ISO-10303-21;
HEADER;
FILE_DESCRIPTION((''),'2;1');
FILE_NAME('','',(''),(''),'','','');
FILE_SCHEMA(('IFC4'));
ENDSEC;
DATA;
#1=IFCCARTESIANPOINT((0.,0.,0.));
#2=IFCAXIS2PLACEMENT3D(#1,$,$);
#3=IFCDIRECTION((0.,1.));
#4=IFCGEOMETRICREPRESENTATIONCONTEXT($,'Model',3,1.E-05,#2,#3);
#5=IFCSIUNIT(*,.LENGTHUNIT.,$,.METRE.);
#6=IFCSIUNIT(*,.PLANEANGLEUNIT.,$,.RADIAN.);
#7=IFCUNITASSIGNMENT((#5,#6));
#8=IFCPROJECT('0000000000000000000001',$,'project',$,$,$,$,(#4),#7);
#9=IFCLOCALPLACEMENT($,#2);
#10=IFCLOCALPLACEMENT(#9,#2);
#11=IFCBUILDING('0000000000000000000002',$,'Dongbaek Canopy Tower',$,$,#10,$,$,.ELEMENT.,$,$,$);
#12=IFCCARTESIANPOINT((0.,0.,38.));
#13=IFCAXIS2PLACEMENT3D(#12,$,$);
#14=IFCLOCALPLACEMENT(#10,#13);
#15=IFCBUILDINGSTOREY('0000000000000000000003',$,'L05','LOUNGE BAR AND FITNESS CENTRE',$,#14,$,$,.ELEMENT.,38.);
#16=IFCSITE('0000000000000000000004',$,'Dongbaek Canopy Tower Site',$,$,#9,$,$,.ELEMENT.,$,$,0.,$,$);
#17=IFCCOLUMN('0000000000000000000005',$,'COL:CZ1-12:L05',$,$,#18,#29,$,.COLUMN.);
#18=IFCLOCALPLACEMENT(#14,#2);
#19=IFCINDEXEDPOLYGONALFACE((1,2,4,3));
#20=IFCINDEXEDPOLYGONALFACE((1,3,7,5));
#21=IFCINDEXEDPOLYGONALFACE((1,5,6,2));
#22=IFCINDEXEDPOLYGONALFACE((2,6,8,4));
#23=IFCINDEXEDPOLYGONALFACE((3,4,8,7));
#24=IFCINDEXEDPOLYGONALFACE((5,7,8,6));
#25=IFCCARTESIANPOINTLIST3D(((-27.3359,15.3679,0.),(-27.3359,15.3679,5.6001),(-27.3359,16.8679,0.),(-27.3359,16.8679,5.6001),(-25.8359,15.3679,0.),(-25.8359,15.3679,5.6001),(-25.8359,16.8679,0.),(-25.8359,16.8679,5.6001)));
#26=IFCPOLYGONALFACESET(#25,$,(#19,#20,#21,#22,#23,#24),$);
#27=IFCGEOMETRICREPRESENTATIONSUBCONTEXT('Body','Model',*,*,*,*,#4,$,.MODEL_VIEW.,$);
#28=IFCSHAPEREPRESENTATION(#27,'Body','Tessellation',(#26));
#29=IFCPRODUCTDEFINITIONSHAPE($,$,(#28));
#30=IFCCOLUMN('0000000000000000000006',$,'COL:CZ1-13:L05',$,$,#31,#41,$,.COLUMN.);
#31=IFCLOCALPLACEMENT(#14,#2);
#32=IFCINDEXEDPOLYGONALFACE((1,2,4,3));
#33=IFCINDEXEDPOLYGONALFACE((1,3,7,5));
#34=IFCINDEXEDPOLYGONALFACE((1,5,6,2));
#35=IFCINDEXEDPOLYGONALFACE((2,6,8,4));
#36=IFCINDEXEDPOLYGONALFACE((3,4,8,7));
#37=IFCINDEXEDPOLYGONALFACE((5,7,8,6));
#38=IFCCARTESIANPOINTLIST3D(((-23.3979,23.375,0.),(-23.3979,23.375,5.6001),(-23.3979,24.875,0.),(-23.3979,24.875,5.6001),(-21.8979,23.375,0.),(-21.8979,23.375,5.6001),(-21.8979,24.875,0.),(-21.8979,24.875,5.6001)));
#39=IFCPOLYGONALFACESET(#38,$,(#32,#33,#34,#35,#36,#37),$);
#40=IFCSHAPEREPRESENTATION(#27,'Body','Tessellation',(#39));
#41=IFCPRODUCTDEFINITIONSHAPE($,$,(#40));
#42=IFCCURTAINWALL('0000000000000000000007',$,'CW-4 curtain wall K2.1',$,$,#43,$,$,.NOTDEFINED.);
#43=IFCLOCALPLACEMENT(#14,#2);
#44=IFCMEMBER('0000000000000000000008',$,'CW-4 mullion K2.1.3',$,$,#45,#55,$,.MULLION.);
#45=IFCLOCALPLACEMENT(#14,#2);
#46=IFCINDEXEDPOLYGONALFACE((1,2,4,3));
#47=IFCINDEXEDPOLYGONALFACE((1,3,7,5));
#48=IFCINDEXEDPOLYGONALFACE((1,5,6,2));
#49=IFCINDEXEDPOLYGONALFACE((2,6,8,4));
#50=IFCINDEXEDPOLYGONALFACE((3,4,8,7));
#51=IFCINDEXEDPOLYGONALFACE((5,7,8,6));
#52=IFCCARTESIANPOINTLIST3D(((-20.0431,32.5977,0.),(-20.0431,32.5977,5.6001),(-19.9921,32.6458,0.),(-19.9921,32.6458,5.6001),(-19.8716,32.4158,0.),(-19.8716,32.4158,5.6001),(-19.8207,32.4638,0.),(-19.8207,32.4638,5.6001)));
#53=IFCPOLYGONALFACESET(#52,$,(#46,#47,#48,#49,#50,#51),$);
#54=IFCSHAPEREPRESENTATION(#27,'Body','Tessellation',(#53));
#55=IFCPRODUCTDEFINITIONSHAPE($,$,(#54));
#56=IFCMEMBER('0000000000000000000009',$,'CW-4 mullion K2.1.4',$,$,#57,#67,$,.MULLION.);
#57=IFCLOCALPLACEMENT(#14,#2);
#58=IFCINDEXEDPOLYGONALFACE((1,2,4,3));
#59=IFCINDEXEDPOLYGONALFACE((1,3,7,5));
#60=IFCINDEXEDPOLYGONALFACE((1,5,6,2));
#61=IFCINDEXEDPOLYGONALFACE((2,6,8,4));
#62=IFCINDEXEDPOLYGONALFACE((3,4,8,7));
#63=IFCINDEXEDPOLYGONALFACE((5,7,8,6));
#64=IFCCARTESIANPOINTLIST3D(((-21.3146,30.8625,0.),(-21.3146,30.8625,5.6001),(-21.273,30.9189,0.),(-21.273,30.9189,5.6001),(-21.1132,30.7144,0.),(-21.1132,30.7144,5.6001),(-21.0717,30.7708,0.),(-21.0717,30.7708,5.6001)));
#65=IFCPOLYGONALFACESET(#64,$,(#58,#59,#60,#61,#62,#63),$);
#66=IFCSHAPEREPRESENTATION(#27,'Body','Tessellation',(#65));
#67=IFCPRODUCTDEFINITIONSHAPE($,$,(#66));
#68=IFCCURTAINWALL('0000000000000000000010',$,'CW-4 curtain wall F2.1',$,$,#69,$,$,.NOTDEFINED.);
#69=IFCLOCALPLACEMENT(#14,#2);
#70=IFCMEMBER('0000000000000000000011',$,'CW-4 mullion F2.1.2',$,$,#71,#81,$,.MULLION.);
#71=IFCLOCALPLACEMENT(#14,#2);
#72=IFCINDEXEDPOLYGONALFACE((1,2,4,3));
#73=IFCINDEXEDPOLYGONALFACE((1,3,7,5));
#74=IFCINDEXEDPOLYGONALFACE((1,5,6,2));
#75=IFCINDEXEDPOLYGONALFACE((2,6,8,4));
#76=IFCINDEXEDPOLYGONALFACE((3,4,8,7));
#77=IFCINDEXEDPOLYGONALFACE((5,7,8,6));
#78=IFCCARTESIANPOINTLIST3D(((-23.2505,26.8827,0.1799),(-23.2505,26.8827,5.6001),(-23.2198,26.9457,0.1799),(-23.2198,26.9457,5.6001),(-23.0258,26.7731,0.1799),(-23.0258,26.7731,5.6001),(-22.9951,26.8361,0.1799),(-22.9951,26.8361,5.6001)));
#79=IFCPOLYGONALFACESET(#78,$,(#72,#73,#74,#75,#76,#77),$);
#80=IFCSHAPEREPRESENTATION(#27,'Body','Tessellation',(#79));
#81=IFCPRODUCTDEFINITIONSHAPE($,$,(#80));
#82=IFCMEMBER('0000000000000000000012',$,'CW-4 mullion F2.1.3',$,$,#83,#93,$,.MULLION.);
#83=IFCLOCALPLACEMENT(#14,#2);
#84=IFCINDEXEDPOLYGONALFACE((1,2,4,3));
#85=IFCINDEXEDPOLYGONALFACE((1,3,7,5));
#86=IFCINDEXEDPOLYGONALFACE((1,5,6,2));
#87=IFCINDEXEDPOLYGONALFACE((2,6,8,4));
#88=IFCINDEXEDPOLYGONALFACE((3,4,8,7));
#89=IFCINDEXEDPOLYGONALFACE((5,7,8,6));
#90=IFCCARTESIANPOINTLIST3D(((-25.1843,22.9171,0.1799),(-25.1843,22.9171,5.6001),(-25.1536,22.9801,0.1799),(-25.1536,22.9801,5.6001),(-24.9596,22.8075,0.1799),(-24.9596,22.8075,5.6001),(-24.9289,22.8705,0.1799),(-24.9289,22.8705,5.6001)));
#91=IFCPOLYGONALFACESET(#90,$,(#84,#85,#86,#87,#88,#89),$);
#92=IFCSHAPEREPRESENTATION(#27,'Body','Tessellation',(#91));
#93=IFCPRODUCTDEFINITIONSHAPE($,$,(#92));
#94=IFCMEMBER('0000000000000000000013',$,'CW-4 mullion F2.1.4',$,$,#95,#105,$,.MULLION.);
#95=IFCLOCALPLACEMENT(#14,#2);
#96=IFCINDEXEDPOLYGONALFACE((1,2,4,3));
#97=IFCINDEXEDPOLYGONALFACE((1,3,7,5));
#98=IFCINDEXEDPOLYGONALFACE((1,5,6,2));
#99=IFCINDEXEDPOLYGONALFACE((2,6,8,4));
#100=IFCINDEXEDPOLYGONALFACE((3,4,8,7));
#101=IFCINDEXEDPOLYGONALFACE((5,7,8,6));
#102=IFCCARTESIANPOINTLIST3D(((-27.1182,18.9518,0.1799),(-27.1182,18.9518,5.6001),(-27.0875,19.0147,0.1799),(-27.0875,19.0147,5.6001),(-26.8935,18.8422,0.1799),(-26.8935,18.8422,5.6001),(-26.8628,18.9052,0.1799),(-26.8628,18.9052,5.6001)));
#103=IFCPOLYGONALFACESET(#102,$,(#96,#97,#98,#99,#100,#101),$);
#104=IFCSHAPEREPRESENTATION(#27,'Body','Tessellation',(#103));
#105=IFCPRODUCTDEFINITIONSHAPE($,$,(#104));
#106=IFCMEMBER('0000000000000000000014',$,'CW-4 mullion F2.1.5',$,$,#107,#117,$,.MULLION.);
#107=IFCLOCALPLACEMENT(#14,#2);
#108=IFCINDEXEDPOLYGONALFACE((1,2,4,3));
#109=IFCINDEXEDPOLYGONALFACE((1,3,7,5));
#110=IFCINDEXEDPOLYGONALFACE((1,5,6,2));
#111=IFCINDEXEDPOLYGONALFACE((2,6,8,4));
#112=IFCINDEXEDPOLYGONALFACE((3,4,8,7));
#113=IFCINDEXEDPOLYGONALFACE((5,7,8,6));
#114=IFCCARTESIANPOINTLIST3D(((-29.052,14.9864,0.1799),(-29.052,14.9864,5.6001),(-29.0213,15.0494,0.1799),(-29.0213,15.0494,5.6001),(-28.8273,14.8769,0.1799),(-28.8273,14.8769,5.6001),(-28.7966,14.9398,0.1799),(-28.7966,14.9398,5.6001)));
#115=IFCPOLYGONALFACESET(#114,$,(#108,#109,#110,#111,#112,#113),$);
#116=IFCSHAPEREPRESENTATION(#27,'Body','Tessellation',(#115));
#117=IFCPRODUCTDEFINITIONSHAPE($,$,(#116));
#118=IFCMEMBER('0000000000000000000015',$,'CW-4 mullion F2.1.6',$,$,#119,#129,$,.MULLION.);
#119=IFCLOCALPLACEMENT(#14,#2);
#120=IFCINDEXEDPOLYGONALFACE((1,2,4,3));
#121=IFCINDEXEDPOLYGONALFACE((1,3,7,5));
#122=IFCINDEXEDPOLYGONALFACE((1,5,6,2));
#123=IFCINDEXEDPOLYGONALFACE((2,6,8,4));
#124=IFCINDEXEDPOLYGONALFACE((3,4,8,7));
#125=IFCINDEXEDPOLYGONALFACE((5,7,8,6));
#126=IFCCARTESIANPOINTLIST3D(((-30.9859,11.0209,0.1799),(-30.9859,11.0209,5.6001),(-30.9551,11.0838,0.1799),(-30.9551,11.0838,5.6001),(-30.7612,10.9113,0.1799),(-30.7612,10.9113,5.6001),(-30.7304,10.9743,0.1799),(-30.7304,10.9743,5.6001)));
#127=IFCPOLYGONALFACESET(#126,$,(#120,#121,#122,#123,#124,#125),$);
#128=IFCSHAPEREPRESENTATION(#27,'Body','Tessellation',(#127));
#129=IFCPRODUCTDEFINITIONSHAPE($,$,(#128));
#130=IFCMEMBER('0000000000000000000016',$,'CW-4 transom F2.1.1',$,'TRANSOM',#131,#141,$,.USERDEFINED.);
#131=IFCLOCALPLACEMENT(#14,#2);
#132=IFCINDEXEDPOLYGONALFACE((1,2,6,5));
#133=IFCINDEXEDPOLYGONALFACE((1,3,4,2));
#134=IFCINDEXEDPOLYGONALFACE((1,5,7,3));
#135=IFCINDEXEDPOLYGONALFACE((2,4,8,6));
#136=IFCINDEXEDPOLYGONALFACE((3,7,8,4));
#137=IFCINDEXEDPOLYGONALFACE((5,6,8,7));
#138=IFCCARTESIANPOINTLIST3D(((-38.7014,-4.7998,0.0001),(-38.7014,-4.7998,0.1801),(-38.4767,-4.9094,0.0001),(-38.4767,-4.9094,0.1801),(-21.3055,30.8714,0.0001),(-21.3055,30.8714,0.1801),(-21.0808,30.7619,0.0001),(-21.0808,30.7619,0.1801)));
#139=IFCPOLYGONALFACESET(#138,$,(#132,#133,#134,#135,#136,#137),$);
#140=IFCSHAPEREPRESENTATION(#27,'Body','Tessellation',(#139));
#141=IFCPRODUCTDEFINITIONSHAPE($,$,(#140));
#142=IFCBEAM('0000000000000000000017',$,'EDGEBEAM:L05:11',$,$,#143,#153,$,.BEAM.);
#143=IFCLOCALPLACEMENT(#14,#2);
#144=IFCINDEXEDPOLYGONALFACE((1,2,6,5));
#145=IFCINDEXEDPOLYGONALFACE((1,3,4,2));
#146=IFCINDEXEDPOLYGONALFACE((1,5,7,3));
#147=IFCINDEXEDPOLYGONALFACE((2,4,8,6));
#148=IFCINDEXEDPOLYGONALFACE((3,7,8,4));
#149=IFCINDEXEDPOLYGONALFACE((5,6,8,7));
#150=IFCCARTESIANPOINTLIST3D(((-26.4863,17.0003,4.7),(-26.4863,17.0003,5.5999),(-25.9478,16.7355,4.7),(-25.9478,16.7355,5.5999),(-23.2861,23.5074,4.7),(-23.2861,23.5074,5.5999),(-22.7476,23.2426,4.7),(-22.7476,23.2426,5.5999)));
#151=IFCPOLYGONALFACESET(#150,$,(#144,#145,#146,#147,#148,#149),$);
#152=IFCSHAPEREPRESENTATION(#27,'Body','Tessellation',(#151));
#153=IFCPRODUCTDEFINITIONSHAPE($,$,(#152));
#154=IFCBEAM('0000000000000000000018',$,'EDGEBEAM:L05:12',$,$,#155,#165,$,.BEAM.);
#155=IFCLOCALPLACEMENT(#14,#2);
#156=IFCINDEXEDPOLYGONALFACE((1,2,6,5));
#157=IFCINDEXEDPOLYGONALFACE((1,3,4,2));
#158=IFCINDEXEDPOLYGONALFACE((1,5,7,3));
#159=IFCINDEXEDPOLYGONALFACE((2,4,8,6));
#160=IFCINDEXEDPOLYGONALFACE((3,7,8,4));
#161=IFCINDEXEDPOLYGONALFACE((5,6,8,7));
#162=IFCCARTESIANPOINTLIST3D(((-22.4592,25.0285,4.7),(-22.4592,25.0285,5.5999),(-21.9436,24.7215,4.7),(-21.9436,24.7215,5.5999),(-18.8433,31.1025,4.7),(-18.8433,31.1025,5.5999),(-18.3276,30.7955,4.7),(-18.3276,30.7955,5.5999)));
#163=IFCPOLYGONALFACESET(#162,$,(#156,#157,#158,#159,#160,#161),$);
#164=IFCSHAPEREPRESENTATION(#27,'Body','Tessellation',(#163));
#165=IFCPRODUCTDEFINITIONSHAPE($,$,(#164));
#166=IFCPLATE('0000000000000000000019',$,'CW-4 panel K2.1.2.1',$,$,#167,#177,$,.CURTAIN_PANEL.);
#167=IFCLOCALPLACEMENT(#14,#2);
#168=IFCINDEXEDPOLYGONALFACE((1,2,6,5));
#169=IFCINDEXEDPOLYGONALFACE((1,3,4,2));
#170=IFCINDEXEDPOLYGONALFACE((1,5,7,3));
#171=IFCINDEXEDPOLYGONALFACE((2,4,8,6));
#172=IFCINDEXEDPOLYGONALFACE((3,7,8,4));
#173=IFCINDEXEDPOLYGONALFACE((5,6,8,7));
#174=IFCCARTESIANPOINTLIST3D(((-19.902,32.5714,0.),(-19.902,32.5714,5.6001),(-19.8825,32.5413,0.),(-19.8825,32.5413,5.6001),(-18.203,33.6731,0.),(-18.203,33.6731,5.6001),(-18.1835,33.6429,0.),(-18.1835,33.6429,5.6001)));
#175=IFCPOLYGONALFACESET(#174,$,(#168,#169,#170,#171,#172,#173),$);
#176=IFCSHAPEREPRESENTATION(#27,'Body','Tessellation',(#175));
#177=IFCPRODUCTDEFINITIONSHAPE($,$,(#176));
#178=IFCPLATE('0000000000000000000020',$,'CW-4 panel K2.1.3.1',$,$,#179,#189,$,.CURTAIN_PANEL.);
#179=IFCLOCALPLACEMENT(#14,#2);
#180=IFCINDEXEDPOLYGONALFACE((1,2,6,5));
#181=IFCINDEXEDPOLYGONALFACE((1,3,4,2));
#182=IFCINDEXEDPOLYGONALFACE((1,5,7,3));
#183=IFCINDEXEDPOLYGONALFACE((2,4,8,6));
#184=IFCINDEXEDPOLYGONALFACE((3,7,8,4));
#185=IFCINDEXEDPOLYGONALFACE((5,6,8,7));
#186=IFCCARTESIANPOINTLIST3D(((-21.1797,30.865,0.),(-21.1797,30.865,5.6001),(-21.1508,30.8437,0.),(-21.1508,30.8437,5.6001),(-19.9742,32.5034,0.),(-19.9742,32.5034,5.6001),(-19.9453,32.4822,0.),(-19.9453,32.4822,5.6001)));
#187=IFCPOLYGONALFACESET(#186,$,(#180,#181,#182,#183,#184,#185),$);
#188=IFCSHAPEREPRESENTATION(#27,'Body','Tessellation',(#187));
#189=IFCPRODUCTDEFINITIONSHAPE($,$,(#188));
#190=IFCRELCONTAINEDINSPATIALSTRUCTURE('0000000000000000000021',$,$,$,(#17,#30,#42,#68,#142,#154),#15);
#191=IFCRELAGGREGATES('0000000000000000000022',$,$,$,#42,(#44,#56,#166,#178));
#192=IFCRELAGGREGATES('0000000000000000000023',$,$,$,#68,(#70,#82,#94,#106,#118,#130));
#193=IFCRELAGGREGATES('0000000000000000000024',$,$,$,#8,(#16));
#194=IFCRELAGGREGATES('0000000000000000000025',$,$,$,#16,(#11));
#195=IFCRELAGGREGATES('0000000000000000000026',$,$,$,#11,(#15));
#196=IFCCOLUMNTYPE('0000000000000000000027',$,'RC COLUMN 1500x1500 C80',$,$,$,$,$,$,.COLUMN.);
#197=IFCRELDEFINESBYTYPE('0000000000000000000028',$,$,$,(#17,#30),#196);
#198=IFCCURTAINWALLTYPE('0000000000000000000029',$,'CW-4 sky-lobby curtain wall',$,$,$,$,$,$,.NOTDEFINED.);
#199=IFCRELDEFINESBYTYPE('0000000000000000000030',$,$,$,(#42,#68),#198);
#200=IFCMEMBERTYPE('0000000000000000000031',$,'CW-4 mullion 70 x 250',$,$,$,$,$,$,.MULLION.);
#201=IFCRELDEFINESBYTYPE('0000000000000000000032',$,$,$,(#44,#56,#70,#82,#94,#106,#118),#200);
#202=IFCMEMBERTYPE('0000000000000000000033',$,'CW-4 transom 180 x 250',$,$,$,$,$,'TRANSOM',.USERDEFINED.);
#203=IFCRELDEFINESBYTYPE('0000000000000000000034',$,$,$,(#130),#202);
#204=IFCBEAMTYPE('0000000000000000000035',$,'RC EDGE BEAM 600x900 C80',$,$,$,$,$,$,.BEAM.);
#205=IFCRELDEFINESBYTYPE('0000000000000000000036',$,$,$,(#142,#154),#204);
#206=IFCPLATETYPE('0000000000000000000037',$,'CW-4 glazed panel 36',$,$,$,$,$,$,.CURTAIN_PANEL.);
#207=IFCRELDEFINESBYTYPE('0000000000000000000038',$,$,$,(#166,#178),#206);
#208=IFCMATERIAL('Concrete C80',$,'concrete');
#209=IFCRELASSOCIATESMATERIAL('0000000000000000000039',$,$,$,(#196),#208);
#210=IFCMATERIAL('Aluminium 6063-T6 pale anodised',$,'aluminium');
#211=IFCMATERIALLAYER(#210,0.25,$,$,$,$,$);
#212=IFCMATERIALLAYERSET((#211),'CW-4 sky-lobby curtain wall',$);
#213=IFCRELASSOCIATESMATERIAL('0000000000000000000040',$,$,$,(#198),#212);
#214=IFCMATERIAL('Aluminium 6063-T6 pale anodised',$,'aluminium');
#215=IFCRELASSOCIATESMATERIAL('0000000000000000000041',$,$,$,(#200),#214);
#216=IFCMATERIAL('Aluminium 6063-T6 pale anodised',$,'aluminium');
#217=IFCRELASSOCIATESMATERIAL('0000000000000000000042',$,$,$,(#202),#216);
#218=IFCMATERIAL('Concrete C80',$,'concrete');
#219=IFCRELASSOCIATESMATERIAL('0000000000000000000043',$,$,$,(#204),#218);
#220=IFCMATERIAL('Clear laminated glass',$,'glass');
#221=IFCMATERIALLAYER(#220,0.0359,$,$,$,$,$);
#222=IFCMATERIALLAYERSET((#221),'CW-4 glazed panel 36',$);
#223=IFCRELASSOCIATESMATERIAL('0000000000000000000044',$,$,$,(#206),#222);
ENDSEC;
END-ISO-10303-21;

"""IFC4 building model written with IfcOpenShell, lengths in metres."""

from ifc_helpers import new_model, si_unit, direction, frame, origin, origin_2d, place, context, subcontext, project, spatial, rectangle, extrude, material, layer, layer_set, material_profile, profile_set, type_object, element, aggregate, save


model = new_model("IFC4")

# Units and contexts
model_context = context("Model", 3, precision=1e-05, world=origin(), true_north=direction((0.0, 1.0)))
body_context = subcontext(model_context, "Body", "Model", "MODEL_VIEW")
ifc_project = project(units=[si_unit("LENGTHUNIT", "METRE"), si_unit("PLANEANGLEUNIT", "RADIAN")], contexts=[model_context])

# Site, building, storey
site_placement = place(None, origin())
site = spatial("IfcSite", under=ifc_project, at=site_placement, Name="Dongbaek Canopy Tower Site", CompositionType="ELEMENT", RefElevation=0.0)
building_placement = place(site_placement, origin())
building = spatial("IfcBuilding", under=site, at=building_placement, Name="Dongbaek Canopy Tower", CompositionType="ELEMENT")
storey_placement = place(building_placement, frame((0.0, 0.0, 38.0)))
storey = spatial("IfcBuildingStorey", under=building, at=storey_placement, Name="L05", Description="LOUNGE BAR AND FITNESS CENTRE", CompositionType="ELEMENT", Elevation=38.0)

# Columns
ifc_material_1 = material(Name="Concrete C80", Category="concrete")
ifc_material_profile_1 = material_profile(ifc_material_1, rectangle(XDim=1.5, YDim=1.5, at=origin_2d()), Name="RC COLUMN 1500x1500 C80")
ifc_profile_set_1 = profile_set([ifc_material_profile_1], Name="Concrete C80")
column_type = type_object("IfcColumnType", Name="RC COLUMN 1500x1500 C80", PredefinedType="COLUMN", material=ifc_profile_set_1)
for number, where, z_axis, x_axis, name in (
    (1, (-26.5859, 16.1179, 0.0), (0.0, 0.0, 1.0), (1.0, 0.0, 0.0), "COL:CZ1-12:L05"),
    (2, (-22.6479, 24.125, 0.0), (0.0, 0.0, 1.0), (1.0, 0.0, 0.0), "COL:CZ1-13:L05"),
):
    element("IfcColumn", number, at=place(storey_placement, frame(where, z_axis=z_axis, x_axis=x_axis)), inside=storey, type_object=column_type, Name=name, PredefinedType="COLUMN", context=body_context, shape_type="SweptSolid", body=[
        extrude(rectangle(XDim=1.5, YDim=1.5, at=origin_2d()), origin(), (0.0, 0.0, 1.0), 5.6001),
    ])

# Curtain walls, members
ifc_material_2 = material(Name="Aluminium 6063-T6 pale anodised", Category="aluminium")
ifc_layer_1 = layer(ifc_material_2, 0.25)
ifc_layer_set_1 = layer_set([ifc_layer_1], Name="CW-4 sky-lobby curtain wall")
curtain_wall_type = type_object("IfcCurtainWallType", Name="CW-4 sky-lobby curtain wall", PredefinedType="NOTDEFINED", material=ifc_layer_set_1)
curtain_wall_1_placement = place(storey_placement, origin())
curtain_wall_1 = element("IfcCurtainWall", 3, at=curtain_wall_1_placement, inside=storey, type_object=curtain_wall_type, Name="CW-4 curtain wall K2.1", PredefinedType="NOTDEFINED")
ifc_material_3 = material(Name="Aluminium 6063-T6 pale anodised", Category="aluminium")
ifc_material_profile_2 = material_profile(ifc_material_3, rectangle(XDim=0.25, YDim=0.0701, at=origin_2d()), Name="CW-4 mullion 70 x 250")
ifc_profile_set_2 = profile_set([ifc_material_profile_2], Name="Aluminium 6063-T6 pale anodised")
member_type_1 = type_object("IfcMemberType", Name="CW-4 mullion 70 x 250", PredefinedType="MULLION", material=ifc_profile_set_2)
member_1_placement = place(storey_placement, frame((-19.9319, 32.5308, 0.0), z_axis=(0.0, 0.0, 1.0), x_axis=(-0.685911, 0.727685, 0.0)))
member_1 = element("IfcMember", 4, at=member_1_placement, type_object=member_type_1, Name="CW-4 mullion K2.1.3", PredefinedType="MULLION", context=body_context, shape_type="SweptSolid", body=[
    extrude(rectangle(XDim=0.25, YDim=0.0701, at=origin_2d()), origin(), (0.0, 0.0, 1.0), 5.6001),
])
member_2_placement = place(storey_placement, frame((-21.1931, 30.8167, 0.0), z_axis=(0.0, 0.0, 1.0), x_axis=(-0.805463, 0.592645, 0.0)))
member_2 = element("IfcMember", 5, at=member_2_placement, type_object=member_type_1, Name="CW-4 mullion K2.1.4", PredefinedType="MULLION", context=body_context, shape_type="SweptSolid", body=[
    extrude(rectangle(XDim=0.25, YDim=0.0701, at=origin_2d()), origin(), (0.0, 0.0, 1.0), 5.6001),
])
curtain_wall_2_placement = place(storey_placement, origin())
curtain_wall_2 = element("IfcCurtainWall", 6, at=curtain_wall_2_placement, inside=storey, type_object=curtain_wall_type, Name="CW-4 curtain wall F2.1", PredefinedType="NOTDEFINED")
member_3_placement = place(storey_placement, frame((-23.1228, 26.8594, 0.1799), z_axis=(0.0, 0.0, 1.0), x_axis=(-0.898815, 0.438328, 0.0)))
member_3 = element("IfcMember", 7, at=member_3_placement, type_object=member_type_1, Name="CW-4 mullion F2.1.2", PredefinedType="MULLION", context=body_context, shape_type="SweptSolid", body=[
    extrude(rectangle(XDim=0.25, YDim=0.0701, at=origin_2d()), origin(), (0.0, 0.0, 1.0), 5.4202),
])
member_4_placement = place(storey_placement, frame((-25.0566, 22.8938, 0.1799), z_axis=(0.0, 0.0, 1.0), x_axis=(-0.898815, 0.438328, 0.0)))
member_4 = element("IfcMember", 8, at=member_4_placement, type_object=member_type_1, Name="CW-4 mullion F2.1.3", PredefinedType="MULLION", context=body_context, shape_type="SweptSolid", body=[
    extrude(rectangle(XDim=0.25, YDim=0.0701, at=origin_2d()), origin(), (0.0, 0.0, 1.0), 5.4202),
])
member_5_placement = place(storey_placement, frame((-26.9905, 18.9285, 0.1799), z_axis=(0.0, 0.0, 1.0), x_axis=(-0.898815, 0.438328, 0.0)))
member_5 = element("IfcMember", 9, at=member_5_placement, type_object=member_type_1, Name="CW-4 mullion F2.1.4", PredefinedType="MULLION", context=body_context, shape_type="SweptSolid", body=[
    extrude(rectangle(XDim=0.25, YDim=0.0701, at=origin_2d()), origin(), (0.0, 0.0, 1.0), 5.4202),
])
member_6_placement = place(storey_placement, frame((-28.9243, 14.9631, 0.1799), z_axis=(0.0, 0.0, 1.0), x_axis=(-0.898815, 0.438328, 0.0)))
member_6 = element("IfcMember", 10, at=member_6_placement, type_object=member_type_1, Name="CW-4 mullion F2.1.5", PredefinedType="MULLION", context=body_context, shape_type="SweptSolid", body=[
    extrude(rectangle(XDim=0.25, YDim=0.0701, at=origin_2d()), origin(), (0.0, 0.0, 1.0), 5.4202),
])
member_7_placement = place(storey_placement, frame((-30.8582, 10.9976, 0.1799), z_axis=(0.0, 0.0, 1.0), x_axis=(-0.898815, 0.438328, 0.0)))
member_7 = element("IfcMember", 11, at=member_7_placement, type_object=member_type_1, Name="CW-4 mullion F2.1.6", PredefinedType="MULLION", context=body_context, shape_type="SweptSolid", body=[
    extrude(rectangle(XDim=0.25, YDim=0.0701, at=origin_2d()), origin(), (0.0, 0.0, 1.0), 5.4202),
])
ifc_material_4 = material(Name="Aluminium 6063-T6 pale anodised", Category="aluminium")
ifc_material_profile_3 = material_profile(ifc_material_4, rectangle(XDim=0.25, YDim=0.1799, at=origin_2d()), Name="CW-4 transom 180 x 250")
ifc_profile_set_3 = profile_set([ifc_material_profile_3], Name="Aluminium 6063-T6 pale anodised")
member_type_2 = type_object("IfcMemberType", Name="CW-4 transom 180 x 250", ElementType="TRANSOM", PredefinedType="USERDEFINED", material=ifc_profile_set_3)
member_8_placement = place(storey_placement, frame((-21.1931, 30.8167, 0.0901), z_axis=(-0.438328, -0.898815, 0.0), x_axis=(0.898815, -0.438328, 0.0)))
member_8 = element("IfcMember", 12, at=member_8_placement, type_object=member_type_2, Name="CW-4 transom F2.1.1", ObjectType="TRANSOM", PredefinedType="USERDEFINED", context=body_context, shape_type="SweptSolid", body=[
    extrude(rectangle(XDim=0.25, YDim=0.1799, at=origin_2d()), origin(), (0.0, 0.0, 1.0), 39.687),
])

# Beams
ifc_material_5 = material(Name="Concrete C80", Category="concrete")
ifc_material_profile_4 = material_profile(ifc_material_5, rectangle(XDim=0.6001, YDim=0.8999, at=origin_2d()), Name="RC EDGE BEAM 600x900 C80")
ifc_profile_set_4 = profile_set([ifc_material_profile_4], Name="Concrete C80")
beam_type = type_object("IfcBeamType", Name="RC EDGE BEAM 600x900 C80", PredefinedType="BEAM", material=ifc_profile_set_4)
beam_1_placement = place(storey_placement, frame((-26.217, 16.8679, 5.1499), z_axis=(0.441319, 0.89735, 0.0), x_axis=(-0.89735, 0.441319, 0.0)))
element("IfcBeam", 13, at=beam_1_placement, inside=storey, type_object=beam_type, Name="EDGEBEAM:L05:11", PredefinedType="BEAM", context=body_context, shape_type="SweptSolid", body=[
    extrude(rectangle(XDim=0.6001, YDim=0.8999, at=origin_2d()), origin(), (0.0, 0.0, 1.0), 7.2515),
])
beam_2_placement = place(storey_placement, frame((-22.2014, 24.875, 5.1499), z_axis=(0.511537, 0.859261, 0.0), x_axis=(-0.859261, 0.511537, 0.0)))
element("IfcBeam", 14, at=beam_2_placement, inside=storey, type_object=beam_type, Name="EDGEBEAM:L05:12", PredefinedType="BEAM", context=body_context, shape_type="SweptSolid", body=[
    extrude(rectangle(XDim=0.6001, YDim=0.8999, at=origin_2d()), origin(), (0.0, 0.0, 1.0), 7.0688),
])

# Plates
ifc_material_6 = material(Name="Clear laminated glass", Category="glass")
ifc_layer_2 = layer(ifc_material_6, 0.0359)
ifc_layer_set_2 = layer_set([ifc_layer_2], Name="CW-4 glazed panel 36")
plate_type = type_object("IfcPlateType", Name="CW-4 glazed panel 36", PredefinedType="CURTAIN_PANEL", material=ifc_layer_set_2)
plate_1_placement = place(storey_placement, frame((-19.0427, 33.1072, 0.0), z_axis=(0.0, 0.0, 1.0), x_axis=(-0.839054, -0.544048, 0.0)))
plate_1 = element("IfcPlate", 15, at=plate_1_placement, type_object=plate_type, Name="CW-4 panel K2.1.2.1", PredefinedType="CURTAIN_PANEL", context=body_context, shape_type="SweptSolid", body=[
    extrude(rectangle(XDim=2.0249, YDim=0.0359, at=origin_2d()), origin(), (0.0, 0.0, 1.0), 5.6001),
])
plate_2_placement = place(storey_placement, frame((-20.5625, 31.6736, 0.0), z_axis=(0.0, 0.0, 1.0), x_axis=(-0.592645, -0.805463, 0.0)))
plate_2 = element("IfcPlate", 16, at=plate_2_placement, type_object=plate_type, Name="CW-4 panel K2.1.3.1", PredefinedType="CURTAIN_PANEL", context=body_context, shape_type="SweptSolid", body=[
    extrude(rectangle(XDim=2.0342, YDim=0.0359, at=origin_2d()), origin(), (0.0, 0.0, 1.0), 5.6001),
])

aggregate(curtain_wall_1, [member_1, member_2, plate_1, plate_2])
aggregate(curtain_wall_2, [member_3, member_4, member_5, member_6, member_7, member_8])

save(model, "model.ifc")
